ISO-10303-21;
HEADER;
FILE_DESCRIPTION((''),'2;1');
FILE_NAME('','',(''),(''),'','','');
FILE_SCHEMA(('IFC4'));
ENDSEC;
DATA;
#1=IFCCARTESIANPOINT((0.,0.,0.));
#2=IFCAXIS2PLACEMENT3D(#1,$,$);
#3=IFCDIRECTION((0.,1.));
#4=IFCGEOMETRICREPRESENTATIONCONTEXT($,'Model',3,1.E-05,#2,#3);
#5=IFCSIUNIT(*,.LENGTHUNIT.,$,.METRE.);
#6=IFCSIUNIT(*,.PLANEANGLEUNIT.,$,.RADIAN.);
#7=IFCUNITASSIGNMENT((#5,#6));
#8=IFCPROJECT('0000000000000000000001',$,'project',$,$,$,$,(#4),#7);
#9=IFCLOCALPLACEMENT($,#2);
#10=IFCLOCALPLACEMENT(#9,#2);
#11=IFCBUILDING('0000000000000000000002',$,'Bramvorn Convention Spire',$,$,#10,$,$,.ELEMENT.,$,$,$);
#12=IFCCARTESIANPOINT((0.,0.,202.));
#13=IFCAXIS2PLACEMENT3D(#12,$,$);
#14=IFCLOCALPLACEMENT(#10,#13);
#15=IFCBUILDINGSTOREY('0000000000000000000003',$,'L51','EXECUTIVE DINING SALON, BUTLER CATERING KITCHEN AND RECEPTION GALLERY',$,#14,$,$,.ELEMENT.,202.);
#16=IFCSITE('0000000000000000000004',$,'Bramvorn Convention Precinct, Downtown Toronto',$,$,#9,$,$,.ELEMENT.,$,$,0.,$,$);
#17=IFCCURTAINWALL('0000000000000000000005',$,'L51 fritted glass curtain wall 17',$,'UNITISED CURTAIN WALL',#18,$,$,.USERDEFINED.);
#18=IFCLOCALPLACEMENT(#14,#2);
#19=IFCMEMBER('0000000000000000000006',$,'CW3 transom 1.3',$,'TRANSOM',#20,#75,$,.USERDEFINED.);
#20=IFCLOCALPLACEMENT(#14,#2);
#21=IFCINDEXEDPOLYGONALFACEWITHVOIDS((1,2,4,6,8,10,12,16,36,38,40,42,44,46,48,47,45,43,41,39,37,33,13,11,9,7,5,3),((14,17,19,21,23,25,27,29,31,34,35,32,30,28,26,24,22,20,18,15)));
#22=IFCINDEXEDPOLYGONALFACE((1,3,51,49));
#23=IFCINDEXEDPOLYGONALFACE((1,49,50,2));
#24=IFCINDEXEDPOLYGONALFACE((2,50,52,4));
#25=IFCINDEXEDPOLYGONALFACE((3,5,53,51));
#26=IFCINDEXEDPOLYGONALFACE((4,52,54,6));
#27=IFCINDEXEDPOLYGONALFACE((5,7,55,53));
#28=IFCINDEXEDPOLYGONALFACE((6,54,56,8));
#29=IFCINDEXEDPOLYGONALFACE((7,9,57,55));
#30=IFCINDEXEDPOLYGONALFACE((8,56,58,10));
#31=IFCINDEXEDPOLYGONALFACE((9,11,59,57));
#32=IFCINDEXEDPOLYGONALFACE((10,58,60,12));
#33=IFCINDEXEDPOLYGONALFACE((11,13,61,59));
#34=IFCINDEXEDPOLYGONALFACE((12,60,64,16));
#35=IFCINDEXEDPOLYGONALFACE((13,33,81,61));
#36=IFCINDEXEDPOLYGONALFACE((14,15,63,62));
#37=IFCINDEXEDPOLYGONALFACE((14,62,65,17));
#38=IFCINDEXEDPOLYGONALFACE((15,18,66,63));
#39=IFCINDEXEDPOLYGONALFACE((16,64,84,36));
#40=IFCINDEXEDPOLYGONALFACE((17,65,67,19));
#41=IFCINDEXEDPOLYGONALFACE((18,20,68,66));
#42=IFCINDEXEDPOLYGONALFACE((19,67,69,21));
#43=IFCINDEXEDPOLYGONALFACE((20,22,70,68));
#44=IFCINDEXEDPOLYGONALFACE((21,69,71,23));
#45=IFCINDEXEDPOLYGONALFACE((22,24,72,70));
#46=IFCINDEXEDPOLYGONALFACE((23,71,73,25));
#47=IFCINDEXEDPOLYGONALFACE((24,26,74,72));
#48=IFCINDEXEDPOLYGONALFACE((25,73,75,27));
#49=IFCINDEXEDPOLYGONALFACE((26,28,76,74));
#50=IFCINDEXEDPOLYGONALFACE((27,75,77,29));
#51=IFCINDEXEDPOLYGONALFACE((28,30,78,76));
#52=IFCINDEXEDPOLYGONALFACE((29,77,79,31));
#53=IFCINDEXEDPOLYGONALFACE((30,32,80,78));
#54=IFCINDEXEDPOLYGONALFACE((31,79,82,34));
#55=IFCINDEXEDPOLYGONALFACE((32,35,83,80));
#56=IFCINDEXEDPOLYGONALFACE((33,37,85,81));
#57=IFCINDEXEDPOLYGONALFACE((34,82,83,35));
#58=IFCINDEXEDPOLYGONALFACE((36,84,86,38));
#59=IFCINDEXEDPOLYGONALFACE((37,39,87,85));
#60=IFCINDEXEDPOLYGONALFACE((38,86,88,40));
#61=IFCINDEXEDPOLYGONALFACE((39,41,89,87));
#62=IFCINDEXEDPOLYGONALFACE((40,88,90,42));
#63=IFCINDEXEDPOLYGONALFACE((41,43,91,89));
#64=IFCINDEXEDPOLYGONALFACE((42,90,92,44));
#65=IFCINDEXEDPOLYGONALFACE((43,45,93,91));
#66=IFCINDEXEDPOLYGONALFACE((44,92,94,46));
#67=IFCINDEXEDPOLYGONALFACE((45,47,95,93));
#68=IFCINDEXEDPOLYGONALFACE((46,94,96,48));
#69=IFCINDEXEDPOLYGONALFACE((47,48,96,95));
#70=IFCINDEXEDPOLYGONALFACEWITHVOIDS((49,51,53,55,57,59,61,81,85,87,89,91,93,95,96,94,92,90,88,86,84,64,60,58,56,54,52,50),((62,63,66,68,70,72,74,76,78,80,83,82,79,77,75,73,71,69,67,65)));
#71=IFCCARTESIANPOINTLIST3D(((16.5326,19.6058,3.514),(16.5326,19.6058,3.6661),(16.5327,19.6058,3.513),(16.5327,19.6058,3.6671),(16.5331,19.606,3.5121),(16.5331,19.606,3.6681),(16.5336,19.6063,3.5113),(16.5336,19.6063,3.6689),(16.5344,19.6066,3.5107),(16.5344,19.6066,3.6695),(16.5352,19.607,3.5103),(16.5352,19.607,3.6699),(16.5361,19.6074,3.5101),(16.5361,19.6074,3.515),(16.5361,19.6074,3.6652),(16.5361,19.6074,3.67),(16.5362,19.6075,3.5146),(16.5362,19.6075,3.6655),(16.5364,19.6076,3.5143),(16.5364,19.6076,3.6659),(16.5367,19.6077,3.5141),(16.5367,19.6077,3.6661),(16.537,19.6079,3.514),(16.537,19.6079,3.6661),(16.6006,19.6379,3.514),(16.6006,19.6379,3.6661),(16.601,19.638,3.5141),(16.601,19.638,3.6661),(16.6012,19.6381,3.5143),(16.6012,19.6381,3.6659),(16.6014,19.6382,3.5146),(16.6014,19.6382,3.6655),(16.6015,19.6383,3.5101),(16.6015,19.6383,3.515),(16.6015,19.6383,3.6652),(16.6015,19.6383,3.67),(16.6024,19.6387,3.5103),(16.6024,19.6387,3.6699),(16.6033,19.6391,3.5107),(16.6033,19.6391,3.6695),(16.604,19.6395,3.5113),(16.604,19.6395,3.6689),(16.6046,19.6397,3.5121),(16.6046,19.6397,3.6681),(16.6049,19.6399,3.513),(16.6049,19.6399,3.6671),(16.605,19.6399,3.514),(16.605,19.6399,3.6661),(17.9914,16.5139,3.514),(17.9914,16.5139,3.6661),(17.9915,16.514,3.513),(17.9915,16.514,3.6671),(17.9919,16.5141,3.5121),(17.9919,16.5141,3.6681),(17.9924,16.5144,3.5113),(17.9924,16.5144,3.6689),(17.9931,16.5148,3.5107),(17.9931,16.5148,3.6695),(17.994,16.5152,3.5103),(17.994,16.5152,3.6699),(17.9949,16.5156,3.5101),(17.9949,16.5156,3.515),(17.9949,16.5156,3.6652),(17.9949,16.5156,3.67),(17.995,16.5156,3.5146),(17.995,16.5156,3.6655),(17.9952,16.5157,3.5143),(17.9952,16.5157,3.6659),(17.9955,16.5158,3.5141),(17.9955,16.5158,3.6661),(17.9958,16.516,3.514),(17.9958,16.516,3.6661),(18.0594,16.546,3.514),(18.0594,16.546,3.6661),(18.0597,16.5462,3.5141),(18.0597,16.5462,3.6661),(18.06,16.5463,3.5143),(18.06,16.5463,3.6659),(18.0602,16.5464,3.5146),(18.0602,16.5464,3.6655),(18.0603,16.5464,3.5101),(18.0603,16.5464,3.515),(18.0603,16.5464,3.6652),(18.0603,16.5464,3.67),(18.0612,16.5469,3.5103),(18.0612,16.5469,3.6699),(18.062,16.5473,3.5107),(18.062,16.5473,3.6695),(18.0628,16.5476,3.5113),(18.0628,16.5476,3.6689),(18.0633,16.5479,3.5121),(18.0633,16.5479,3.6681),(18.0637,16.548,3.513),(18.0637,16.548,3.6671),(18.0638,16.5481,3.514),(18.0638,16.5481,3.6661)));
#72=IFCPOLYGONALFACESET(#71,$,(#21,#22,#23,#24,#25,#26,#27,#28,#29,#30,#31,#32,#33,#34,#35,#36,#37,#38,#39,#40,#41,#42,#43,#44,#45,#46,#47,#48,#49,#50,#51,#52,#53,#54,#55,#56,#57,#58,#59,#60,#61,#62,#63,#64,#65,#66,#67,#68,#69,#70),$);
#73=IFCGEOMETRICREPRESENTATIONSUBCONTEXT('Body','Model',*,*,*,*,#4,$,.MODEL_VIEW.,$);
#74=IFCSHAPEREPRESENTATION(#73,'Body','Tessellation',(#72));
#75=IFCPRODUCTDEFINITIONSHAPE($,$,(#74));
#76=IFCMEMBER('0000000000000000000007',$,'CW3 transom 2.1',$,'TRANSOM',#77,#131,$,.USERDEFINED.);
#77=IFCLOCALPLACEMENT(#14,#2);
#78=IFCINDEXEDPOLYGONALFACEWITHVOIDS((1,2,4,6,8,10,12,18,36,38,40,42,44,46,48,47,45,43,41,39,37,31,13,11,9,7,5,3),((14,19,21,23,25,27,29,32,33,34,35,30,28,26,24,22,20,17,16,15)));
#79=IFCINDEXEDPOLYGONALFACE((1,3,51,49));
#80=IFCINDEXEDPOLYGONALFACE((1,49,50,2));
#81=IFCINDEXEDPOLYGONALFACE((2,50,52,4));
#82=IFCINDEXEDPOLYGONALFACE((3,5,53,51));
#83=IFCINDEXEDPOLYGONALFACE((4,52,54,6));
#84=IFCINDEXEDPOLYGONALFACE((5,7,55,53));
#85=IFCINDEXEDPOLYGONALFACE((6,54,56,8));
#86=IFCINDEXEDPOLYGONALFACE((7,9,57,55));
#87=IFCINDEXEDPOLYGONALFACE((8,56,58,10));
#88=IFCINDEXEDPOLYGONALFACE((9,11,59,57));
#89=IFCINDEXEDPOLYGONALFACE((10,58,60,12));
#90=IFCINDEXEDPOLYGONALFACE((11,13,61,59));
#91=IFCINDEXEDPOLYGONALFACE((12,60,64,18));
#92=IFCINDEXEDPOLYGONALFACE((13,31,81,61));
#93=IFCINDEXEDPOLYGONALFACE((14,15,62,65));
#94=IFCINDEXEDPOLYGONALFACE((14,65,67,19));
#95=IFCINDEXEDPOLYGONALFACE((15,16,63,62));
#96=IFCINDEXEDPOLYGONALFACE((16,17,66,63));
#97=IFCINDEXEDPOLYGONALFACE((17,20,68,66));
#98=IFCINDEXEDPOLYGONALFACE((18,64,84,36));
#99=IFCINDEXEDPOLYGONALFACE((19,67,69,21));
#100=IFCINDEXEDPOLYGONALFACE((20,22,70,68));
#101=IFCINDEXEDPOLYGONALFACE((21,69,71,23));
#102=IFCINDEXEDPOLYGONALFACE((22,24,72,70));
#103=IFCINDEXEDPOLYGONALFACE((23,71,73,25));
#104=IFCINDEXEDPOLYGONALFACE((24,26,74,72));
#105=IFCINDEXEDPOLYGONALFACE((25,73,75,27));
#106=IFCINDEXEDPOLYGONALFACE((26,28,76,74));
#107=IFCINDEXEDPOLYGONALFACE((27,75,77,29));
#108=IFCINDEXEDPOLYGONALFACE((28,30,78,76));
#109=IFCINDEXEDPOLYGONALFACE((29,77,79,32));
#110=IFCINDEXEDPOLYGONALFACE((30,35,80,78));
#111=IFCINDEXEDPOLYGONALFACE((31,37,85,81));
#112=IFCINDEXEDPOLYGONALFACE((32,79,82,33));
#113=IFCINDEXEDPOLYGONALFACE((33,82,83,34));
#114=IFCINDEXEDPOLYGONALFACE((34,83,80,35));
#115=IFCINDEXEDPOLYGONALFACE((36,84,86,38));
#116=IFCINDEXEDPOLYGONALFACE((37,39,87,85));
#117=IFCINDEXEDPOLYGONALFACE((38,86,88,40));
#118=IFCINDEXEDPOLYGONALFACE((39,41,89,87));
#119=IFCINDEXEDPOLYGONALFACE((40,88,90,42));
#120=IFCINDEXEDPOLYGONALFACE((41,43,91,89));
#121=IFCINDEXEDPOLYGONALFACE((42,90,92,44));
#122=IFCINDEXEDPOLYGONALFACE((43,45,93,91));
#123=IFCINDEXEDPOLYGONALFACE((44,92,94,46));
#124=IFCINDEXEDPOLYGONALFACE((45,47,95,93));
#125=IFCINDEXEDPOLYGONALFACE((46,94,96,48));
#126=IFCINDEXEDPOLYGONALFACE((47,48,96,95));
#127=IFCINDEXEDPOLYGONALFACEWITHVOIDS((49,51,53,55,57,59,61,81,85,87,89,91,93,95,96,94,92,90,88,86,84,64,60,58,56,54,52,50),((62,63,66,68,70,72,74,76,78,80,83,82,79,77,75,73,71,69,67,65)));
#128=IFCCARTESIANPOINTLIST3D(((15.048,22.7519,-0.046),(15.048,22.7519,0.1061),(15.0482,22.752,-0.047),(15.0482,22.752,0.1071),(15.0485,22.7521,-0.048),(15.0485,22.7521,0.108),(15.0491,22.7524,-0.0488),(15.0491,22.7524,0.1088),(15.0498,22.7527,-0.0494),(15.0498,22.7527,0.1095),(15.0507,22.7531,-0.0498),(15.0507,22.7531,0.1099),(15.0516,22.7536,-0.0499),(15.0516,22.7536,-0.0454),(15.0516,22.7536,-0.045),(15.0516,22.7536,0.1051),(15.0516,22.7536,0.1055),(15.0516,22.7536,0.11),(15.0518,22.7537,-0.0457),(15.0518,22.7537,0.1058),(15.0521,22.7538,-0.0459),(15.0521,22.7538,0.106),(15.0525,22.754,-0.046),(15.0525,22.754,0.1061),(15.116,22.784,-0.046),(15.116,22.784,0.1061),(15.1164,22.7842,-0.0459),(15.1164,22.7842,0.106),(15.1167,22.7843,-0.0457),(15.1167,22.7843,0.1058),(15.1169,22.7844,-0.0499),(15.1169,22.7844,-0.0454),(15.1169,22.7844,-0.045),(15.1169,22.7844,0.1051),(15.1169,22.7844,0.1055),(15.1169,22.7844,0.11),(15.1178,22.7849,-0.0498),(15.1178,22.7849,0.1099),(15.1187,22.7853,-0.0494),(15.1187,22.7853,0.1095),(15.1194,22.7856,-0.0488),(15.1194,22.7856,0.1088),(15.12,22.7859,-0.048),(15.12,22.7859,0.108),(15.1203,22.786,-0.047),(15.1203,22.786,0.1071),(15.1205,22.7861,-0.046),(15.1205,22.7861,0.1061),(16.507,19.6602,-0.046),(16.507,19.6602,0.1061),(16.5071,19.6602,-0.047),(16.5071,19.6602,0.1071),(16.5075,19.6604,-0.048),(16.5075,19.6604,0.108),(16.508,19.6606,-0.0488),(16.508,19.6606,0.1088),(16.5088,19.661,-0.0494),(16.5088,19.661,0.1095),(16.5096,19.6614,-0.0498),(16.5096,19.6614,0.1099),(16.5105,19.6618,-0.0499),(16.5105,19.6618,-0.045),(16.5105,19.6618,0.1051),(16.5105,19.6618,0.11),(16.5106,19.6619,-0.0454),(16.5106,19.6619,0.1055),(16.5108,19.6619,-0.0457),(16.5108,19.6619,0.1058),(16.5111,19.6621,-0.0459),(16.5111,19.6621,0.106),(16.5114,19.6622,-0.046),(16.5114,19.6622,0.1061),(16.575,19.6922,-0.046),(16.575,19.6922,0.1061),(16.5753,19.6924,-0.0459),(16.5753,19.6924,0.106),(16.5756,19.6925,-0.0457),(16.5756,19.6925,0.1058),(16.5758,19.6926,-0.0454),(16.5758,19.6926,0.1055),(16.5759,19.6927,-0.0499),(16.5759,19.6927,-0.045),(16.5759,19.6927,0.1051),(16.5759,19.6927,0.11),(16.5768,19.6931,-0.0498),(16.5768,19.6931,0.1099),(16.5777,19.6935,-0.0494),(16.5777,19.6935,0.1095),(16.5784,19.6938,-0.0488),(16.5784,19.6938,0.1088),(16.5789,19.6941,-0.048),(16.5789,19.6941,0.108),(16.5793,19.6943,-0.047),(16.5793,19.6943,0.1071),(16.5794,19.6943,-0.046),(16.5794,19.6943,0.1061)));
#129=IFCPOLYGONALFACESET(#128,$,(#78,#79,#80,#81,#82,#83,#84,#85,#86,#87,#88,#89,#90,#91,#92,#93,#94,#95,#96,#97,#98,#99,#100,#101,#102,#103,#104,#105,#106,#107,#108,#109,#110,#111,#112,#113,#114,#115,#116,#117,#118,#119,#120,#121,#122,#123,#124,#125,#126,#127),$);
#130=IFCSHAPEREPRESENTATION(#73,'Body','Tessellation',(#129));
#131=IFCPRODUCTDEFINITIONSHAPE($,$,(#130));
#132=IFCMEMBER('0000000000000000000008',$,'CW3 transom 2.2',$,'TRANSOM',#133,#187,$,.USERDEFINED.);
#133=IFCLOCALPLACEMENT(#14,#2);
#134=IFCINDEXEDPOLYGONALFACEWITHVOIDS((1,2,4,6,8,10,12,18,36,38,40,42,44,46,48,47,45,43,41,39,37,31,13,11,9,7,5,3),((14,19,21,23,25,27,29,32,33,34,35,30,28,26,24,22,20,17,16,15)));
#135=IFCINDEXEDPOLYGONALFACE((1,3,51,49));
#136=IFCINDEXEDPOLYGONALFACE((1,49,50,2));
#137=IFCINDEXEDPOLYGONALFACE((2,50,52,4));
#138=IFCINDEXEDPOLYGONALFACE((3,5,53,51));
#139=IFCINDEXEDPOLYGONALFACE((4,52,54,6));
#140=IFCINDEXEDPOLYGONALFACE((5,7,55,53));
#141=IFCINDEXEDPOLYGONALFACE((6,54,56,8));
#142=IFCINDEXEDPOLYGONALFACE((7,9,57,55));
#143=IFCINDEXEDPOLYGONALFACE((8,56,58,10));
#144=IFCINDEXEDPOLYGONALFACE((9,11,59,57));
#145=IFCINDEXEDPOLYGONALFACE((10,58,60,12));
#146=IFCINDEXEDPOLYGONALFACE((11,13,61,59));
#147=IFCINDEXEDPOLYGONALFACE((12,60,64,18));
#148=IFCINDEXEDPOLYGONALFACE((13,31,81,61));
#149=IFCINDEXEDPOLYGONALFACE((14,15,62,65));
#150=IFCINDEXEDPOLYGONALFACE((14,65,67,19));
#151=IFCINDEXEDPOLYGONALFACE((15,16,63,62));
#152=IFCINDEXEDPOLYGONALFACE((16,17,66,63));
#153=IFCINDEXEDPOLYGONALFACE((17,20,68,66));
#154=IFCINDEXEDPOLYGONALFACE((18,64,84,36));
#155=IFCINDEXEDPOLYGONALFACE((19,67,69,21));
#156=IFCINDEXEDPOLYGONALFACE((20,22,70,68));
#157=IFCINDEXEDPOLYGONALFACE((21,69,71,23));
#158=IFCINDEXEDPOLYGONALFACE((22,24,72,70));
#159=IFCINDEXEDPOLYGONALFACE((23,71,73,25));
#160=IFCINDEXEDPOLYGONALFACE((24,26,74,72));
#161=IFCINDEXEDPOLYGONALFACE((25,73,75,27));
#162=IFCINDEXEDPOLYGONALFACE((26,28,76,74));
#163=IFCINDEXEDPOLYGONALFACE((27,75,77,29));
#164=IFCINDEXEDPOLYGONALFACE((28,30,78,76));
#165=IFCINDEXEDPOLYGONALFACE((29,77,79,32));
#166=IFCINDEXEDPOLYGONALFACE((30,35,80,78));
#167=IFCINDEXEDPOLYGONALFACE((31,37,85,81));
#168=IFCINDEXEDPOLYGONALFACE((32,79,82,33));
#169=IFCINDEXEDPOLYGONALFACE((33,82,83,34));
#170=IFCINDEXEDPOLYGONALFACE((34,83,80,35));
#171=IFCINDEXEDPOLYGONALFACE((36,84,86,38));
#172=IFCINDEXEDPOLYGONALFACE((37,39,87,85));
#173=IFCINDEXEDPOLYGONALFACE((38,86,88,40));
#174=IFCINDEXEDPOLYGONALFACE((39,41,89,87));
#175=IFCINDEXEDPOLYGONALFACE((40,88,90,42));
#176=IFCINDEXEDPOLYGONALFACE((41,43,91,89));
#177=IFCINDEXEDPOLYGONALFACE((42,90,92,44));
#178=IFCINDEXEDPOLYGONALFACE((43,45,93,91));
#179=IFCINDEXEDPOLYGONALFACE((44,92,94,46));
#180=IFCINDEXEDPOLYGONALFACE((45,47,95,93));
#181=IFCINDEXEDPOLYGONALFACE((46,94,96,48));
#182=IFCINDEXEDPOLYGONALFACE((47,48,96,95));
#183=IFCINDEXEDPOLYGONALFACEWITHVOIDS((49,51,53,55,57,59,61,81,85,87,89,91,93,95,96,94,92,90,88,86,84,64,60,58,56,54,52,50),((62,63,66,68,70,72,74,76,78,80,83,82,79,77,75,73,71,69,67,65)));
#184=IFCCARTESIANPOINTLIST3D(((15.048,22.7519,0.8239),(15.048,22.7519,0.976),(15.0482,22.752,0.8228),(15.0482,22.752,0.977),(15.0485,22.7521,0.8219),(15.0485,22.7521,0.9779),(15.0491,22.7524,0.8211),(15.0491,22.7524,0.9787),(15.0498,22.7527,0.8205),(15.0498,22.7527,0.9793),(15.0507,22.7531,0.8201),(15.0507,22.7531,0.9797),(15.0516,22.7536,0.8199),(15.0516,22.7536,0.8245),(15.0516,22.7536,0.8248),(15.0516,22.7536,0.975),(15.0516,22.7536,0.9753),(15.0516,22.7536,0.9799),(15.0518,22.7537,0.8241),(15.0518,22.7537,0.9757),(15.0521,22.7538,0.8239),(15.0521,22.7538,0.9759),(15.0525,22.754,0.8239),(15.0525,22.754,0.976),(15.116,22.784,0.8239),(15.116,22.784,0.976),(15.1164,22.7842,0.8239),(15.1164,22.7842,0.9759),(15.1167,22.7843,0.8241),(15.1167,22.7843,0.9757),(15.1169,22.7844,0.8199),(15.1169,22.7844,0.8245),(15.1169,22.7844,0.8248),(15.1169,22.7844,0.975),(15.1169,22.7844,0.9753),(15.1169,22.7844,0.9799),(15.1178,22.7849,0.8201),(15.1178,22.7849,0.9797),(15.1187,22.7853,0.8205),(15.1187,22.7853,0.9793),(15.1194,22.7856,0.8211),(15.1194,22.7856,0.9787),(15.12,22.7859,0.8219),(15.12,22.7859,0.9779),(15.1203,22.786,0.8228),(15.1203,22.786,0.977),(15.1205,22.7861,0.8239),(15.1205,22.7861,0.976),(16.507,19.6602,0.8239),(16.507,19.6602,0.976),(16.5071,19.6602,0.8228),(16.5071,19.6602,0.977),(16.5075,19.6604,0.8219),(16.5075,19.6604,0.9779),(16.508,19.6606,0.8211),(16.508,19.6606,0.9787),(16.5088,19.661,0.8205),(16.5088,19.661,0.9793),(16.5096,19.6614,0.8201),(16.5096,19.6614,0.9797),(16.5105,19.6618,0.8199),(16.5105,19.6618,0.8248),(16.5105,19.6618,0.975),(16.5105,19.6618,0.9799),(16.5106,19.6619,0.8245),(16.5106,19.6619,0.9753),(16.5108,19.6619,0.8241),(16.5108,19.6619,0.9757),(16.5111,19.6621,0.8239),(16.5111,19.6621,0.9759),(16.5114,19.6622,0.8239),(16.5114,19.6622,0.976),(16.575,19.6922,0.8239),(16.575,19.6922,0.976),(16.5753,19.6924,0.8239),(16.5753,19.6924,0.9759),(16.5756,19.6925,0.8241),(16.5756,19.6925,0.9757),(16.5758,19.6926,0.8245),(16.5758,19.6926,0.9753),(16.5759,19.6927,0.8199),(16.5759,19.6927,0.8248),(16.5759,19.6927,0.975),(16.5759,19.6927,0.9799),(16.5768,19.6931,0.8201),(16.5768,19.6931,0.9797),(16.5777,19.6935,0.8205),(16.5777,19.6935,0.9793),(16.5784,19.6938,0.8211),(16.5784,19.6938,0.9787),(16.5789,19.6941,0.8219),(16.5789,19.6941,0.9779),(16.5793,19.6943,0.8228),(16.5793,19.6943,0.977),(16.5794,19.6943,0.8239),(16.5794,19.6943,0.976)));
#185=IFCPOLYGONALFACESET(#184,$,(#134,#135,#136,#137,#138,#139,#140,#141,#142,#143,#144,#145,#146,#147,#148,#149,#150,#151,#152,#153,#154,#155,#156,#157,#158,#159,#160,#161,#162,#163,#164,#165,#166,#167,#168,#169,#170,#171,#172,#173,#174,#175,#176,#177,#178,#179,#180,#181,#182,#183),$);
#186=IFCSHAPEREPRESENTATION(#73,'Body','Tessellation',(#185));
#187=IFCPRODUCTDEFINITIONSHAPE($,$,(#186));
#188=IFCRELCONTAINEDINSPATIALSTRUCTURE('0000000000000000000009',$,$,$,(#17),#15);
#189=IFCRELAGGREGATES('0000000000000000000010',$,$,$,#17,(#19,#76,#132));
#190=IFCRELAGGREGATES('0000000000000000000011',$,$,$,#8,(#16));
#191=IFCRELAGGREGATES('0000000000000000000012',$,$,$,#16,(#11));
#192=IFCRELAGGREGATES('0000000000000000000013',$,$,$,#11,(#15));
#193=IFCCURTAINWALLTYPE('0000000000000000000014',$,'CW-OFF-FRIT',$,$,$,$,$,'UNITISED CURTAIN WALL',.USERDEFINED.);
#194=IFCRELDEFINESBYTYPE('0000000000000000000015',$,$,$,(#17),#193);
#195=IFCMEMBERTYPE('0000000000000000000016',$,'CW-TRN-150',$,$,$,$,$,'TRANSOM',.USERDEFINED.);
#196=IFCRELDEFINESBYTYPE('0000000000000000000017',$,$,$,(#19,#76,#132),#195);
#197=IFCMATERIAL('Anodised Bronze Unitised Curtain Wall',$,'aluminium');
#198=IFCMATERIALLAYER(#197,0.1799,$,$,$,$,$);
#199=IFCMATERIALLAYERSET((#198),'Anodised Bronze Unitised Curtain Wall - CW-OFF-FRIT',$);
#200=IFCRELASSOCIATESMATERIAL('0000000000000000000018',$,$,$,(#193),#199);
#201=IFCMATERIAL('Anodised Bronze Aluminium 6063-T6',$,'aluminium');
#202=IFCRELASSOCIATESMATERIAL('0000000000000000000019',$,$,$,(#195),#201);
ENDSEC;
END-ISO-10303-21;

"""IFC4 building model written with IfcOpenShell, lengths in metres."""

from ifc_helpers import new_model, si_unit, direction, frame, origin, origin_2d, place, context, subcontext, project, spatial, hollow_rectangle, extrude, material, layer, layer_set, material_profile, profile_set, type_object, element, aggregate, save


model = new_model("IFC4")

# Units and contexts
model_context = context("Model", 3, precision=1e-05, world=origin(), true_north=direction((0.0, 1.0)))
body_context = subcontext(model_context, "Body", "Model", "MODEL_VIEW")
ifc_project = project(units=[si_unit("LENGTHUNIT", "METRE"), si_unit("PLANEANGLEUNIT", "RADIAN")], contexts=[model_context])

# Site, building, storey
site_placement = place(None, origin())
site = spatial("IfcSite", under=ifc_project, at=site_placement, Name="Bramvorn Convention Precinct, Downtown Toronto", CompositionType="ELEMENT", RefElevation=0.0)
building_placement = place(site_placement, origin())
building = spatial("IfcBuilding", under=site, at=building_placement, Name="Bramvorn Convention Spire", CompositionType="ELEMENT")
storey_placement = place(building_placement, frame((0.0, 0.0, 202.0)))
storey = spatial("IfcBuildingStorey", under=building, at=storey_placement, Name="L51", Description="EXECUTIVE DINING SALON, BUTLER CATERING KITCHEN AND RECEPTION GALLERY", CompositionType="ELEMENT", Elevation=202.0)

# Curtain wall
ifc_material_1 = material(Name="Anodised Bronze Unitised Curtain Wall", Category="aluminium")
ifc_layer_1 = layer(ifc_material_1, 0.1799)
ifc_layer_set_1 = layer_set([ifc_layer_1], Name="Anodised Bronze Unitised Curtain Wall - CW-OFF-FRIT")
curtain_wall_type = type_object("IfcCurtainWallType", Name="CW-OFF-FRIT", ElementType="UNITISED CURTAIN WALL", PredefinedType="USERDEFINED", material=ifc_layer_set_1)
curtain_wall_1_placement = place(storey_placement, origin())
curtain_wall_1 = element("IfcCurtainWall", 1, at=curtain_wall_1_placement, inside=storey, type_object=curtain_wall_type, Name="L51 fritted glass curtain wall 17", ObjectType="UNITISED CURTAIN WALL", PredefinedType="USERDEFINED")
ifc_material_2 = material(Name="Anodised Bronze Aluminium 6063-T6", Category="aluminium")

# Members
ifc_material_profile_1 = material_profile(ifc_material_2, hollow_rectangle(XDim=0.0801, YDim=0.1599, WallThickness=0.0039, InnerFilletRadius=0.001, OuterFilletRadius=0.0039, at=origin_2d()))
ifc_profile_set_1 = profile_set([ifc_material_profile_1], Name="Anodised Bronze Aluminium 6063-T6 - CWT80X160")
member_type_1 = type_object("IfcMemberType", Name="CW-TRN-150", ElementType="TRANSOM", PredefinedType="USERDEFINED", material=ifc_profile_set_1)
member_1_placement = place(storey_placement, frame((18.0276, 16.531, 3.5901), z_axis=(-0.426701, 0.904393, 0.0), x_axis=(-0.904393, -0.426701, 0.0)))
member_1 = element("IfcMember", 2, at=member_1_placement, type_object=member_type_1, Name="CW3 transom 1.3", ObjectType="TRANSOM", PredefinedType="USERDEFINED", context=body_context, shape_type="SweptSolid", body=[
    extrude(hollow_rectangle(XDim=0.0801, YDim=0.1599, WallThickness=0.0039, InnerFilletRadius=0.001, OuterFilletRadius=0.0039, at=origin_2d()), origin(), (0.0, 0.0, 1.0), 3.4187),
])
member_2_placement = place(storey_placement, frame((16.5432, 19.6772, 0.03), z_axis=(-0.42676, 0.904365, 0.0), x_axis=(-0.904365, -0.42676, 0.0)))
member_2 = element("IfcMember", 3, at=member_2_placement, type_object=member_type_1, Name="CW3 transom 2.1", ObjectType="TRANSOM", PredefinedType="USERDEFINED", context=body_context, shape_type="SweptSolid", body=[
    extrude(hollow_rectangle(XDim=0.0801, YDim=0.1599, WallThickness=0.0039, InnerFilletRadius=0.001, OuterFilletRadius=0.0039, at=origin_2d()), origin(), (0.0, 0.0, 1.0), 3.4187),
])
member_3_placement = place(storey_placement, frame((16.5432, 19.6772, 0.8999), z_axis=(-0.42676, 0.904365, 0.0), x_axis=(-0.904365, -0.42676, 0.0)))
member_3 = element("IfcMember", 4, at=member_3_placement, type_object=member_type_1, Name="CW3 transom 2.2", ObjectType="TRANSOM", PredefinedType="USERDEFINED", context=body_context, shape_type="SweptSolid", body=[
    extrude(hollow_rectangle(XDim=0.0801, YDim=0.1599, WallThickness=0.0039, InnerFilletRadius=0.001, OuterFilletRadius=0.0039, at=origin_2d()), origin(), (0.0, 0.0, 1.0), 3.4187),
])

aggregate(curtain_wall_1, [member_1, member_2, member_3])

save(model, "model.ifc")
